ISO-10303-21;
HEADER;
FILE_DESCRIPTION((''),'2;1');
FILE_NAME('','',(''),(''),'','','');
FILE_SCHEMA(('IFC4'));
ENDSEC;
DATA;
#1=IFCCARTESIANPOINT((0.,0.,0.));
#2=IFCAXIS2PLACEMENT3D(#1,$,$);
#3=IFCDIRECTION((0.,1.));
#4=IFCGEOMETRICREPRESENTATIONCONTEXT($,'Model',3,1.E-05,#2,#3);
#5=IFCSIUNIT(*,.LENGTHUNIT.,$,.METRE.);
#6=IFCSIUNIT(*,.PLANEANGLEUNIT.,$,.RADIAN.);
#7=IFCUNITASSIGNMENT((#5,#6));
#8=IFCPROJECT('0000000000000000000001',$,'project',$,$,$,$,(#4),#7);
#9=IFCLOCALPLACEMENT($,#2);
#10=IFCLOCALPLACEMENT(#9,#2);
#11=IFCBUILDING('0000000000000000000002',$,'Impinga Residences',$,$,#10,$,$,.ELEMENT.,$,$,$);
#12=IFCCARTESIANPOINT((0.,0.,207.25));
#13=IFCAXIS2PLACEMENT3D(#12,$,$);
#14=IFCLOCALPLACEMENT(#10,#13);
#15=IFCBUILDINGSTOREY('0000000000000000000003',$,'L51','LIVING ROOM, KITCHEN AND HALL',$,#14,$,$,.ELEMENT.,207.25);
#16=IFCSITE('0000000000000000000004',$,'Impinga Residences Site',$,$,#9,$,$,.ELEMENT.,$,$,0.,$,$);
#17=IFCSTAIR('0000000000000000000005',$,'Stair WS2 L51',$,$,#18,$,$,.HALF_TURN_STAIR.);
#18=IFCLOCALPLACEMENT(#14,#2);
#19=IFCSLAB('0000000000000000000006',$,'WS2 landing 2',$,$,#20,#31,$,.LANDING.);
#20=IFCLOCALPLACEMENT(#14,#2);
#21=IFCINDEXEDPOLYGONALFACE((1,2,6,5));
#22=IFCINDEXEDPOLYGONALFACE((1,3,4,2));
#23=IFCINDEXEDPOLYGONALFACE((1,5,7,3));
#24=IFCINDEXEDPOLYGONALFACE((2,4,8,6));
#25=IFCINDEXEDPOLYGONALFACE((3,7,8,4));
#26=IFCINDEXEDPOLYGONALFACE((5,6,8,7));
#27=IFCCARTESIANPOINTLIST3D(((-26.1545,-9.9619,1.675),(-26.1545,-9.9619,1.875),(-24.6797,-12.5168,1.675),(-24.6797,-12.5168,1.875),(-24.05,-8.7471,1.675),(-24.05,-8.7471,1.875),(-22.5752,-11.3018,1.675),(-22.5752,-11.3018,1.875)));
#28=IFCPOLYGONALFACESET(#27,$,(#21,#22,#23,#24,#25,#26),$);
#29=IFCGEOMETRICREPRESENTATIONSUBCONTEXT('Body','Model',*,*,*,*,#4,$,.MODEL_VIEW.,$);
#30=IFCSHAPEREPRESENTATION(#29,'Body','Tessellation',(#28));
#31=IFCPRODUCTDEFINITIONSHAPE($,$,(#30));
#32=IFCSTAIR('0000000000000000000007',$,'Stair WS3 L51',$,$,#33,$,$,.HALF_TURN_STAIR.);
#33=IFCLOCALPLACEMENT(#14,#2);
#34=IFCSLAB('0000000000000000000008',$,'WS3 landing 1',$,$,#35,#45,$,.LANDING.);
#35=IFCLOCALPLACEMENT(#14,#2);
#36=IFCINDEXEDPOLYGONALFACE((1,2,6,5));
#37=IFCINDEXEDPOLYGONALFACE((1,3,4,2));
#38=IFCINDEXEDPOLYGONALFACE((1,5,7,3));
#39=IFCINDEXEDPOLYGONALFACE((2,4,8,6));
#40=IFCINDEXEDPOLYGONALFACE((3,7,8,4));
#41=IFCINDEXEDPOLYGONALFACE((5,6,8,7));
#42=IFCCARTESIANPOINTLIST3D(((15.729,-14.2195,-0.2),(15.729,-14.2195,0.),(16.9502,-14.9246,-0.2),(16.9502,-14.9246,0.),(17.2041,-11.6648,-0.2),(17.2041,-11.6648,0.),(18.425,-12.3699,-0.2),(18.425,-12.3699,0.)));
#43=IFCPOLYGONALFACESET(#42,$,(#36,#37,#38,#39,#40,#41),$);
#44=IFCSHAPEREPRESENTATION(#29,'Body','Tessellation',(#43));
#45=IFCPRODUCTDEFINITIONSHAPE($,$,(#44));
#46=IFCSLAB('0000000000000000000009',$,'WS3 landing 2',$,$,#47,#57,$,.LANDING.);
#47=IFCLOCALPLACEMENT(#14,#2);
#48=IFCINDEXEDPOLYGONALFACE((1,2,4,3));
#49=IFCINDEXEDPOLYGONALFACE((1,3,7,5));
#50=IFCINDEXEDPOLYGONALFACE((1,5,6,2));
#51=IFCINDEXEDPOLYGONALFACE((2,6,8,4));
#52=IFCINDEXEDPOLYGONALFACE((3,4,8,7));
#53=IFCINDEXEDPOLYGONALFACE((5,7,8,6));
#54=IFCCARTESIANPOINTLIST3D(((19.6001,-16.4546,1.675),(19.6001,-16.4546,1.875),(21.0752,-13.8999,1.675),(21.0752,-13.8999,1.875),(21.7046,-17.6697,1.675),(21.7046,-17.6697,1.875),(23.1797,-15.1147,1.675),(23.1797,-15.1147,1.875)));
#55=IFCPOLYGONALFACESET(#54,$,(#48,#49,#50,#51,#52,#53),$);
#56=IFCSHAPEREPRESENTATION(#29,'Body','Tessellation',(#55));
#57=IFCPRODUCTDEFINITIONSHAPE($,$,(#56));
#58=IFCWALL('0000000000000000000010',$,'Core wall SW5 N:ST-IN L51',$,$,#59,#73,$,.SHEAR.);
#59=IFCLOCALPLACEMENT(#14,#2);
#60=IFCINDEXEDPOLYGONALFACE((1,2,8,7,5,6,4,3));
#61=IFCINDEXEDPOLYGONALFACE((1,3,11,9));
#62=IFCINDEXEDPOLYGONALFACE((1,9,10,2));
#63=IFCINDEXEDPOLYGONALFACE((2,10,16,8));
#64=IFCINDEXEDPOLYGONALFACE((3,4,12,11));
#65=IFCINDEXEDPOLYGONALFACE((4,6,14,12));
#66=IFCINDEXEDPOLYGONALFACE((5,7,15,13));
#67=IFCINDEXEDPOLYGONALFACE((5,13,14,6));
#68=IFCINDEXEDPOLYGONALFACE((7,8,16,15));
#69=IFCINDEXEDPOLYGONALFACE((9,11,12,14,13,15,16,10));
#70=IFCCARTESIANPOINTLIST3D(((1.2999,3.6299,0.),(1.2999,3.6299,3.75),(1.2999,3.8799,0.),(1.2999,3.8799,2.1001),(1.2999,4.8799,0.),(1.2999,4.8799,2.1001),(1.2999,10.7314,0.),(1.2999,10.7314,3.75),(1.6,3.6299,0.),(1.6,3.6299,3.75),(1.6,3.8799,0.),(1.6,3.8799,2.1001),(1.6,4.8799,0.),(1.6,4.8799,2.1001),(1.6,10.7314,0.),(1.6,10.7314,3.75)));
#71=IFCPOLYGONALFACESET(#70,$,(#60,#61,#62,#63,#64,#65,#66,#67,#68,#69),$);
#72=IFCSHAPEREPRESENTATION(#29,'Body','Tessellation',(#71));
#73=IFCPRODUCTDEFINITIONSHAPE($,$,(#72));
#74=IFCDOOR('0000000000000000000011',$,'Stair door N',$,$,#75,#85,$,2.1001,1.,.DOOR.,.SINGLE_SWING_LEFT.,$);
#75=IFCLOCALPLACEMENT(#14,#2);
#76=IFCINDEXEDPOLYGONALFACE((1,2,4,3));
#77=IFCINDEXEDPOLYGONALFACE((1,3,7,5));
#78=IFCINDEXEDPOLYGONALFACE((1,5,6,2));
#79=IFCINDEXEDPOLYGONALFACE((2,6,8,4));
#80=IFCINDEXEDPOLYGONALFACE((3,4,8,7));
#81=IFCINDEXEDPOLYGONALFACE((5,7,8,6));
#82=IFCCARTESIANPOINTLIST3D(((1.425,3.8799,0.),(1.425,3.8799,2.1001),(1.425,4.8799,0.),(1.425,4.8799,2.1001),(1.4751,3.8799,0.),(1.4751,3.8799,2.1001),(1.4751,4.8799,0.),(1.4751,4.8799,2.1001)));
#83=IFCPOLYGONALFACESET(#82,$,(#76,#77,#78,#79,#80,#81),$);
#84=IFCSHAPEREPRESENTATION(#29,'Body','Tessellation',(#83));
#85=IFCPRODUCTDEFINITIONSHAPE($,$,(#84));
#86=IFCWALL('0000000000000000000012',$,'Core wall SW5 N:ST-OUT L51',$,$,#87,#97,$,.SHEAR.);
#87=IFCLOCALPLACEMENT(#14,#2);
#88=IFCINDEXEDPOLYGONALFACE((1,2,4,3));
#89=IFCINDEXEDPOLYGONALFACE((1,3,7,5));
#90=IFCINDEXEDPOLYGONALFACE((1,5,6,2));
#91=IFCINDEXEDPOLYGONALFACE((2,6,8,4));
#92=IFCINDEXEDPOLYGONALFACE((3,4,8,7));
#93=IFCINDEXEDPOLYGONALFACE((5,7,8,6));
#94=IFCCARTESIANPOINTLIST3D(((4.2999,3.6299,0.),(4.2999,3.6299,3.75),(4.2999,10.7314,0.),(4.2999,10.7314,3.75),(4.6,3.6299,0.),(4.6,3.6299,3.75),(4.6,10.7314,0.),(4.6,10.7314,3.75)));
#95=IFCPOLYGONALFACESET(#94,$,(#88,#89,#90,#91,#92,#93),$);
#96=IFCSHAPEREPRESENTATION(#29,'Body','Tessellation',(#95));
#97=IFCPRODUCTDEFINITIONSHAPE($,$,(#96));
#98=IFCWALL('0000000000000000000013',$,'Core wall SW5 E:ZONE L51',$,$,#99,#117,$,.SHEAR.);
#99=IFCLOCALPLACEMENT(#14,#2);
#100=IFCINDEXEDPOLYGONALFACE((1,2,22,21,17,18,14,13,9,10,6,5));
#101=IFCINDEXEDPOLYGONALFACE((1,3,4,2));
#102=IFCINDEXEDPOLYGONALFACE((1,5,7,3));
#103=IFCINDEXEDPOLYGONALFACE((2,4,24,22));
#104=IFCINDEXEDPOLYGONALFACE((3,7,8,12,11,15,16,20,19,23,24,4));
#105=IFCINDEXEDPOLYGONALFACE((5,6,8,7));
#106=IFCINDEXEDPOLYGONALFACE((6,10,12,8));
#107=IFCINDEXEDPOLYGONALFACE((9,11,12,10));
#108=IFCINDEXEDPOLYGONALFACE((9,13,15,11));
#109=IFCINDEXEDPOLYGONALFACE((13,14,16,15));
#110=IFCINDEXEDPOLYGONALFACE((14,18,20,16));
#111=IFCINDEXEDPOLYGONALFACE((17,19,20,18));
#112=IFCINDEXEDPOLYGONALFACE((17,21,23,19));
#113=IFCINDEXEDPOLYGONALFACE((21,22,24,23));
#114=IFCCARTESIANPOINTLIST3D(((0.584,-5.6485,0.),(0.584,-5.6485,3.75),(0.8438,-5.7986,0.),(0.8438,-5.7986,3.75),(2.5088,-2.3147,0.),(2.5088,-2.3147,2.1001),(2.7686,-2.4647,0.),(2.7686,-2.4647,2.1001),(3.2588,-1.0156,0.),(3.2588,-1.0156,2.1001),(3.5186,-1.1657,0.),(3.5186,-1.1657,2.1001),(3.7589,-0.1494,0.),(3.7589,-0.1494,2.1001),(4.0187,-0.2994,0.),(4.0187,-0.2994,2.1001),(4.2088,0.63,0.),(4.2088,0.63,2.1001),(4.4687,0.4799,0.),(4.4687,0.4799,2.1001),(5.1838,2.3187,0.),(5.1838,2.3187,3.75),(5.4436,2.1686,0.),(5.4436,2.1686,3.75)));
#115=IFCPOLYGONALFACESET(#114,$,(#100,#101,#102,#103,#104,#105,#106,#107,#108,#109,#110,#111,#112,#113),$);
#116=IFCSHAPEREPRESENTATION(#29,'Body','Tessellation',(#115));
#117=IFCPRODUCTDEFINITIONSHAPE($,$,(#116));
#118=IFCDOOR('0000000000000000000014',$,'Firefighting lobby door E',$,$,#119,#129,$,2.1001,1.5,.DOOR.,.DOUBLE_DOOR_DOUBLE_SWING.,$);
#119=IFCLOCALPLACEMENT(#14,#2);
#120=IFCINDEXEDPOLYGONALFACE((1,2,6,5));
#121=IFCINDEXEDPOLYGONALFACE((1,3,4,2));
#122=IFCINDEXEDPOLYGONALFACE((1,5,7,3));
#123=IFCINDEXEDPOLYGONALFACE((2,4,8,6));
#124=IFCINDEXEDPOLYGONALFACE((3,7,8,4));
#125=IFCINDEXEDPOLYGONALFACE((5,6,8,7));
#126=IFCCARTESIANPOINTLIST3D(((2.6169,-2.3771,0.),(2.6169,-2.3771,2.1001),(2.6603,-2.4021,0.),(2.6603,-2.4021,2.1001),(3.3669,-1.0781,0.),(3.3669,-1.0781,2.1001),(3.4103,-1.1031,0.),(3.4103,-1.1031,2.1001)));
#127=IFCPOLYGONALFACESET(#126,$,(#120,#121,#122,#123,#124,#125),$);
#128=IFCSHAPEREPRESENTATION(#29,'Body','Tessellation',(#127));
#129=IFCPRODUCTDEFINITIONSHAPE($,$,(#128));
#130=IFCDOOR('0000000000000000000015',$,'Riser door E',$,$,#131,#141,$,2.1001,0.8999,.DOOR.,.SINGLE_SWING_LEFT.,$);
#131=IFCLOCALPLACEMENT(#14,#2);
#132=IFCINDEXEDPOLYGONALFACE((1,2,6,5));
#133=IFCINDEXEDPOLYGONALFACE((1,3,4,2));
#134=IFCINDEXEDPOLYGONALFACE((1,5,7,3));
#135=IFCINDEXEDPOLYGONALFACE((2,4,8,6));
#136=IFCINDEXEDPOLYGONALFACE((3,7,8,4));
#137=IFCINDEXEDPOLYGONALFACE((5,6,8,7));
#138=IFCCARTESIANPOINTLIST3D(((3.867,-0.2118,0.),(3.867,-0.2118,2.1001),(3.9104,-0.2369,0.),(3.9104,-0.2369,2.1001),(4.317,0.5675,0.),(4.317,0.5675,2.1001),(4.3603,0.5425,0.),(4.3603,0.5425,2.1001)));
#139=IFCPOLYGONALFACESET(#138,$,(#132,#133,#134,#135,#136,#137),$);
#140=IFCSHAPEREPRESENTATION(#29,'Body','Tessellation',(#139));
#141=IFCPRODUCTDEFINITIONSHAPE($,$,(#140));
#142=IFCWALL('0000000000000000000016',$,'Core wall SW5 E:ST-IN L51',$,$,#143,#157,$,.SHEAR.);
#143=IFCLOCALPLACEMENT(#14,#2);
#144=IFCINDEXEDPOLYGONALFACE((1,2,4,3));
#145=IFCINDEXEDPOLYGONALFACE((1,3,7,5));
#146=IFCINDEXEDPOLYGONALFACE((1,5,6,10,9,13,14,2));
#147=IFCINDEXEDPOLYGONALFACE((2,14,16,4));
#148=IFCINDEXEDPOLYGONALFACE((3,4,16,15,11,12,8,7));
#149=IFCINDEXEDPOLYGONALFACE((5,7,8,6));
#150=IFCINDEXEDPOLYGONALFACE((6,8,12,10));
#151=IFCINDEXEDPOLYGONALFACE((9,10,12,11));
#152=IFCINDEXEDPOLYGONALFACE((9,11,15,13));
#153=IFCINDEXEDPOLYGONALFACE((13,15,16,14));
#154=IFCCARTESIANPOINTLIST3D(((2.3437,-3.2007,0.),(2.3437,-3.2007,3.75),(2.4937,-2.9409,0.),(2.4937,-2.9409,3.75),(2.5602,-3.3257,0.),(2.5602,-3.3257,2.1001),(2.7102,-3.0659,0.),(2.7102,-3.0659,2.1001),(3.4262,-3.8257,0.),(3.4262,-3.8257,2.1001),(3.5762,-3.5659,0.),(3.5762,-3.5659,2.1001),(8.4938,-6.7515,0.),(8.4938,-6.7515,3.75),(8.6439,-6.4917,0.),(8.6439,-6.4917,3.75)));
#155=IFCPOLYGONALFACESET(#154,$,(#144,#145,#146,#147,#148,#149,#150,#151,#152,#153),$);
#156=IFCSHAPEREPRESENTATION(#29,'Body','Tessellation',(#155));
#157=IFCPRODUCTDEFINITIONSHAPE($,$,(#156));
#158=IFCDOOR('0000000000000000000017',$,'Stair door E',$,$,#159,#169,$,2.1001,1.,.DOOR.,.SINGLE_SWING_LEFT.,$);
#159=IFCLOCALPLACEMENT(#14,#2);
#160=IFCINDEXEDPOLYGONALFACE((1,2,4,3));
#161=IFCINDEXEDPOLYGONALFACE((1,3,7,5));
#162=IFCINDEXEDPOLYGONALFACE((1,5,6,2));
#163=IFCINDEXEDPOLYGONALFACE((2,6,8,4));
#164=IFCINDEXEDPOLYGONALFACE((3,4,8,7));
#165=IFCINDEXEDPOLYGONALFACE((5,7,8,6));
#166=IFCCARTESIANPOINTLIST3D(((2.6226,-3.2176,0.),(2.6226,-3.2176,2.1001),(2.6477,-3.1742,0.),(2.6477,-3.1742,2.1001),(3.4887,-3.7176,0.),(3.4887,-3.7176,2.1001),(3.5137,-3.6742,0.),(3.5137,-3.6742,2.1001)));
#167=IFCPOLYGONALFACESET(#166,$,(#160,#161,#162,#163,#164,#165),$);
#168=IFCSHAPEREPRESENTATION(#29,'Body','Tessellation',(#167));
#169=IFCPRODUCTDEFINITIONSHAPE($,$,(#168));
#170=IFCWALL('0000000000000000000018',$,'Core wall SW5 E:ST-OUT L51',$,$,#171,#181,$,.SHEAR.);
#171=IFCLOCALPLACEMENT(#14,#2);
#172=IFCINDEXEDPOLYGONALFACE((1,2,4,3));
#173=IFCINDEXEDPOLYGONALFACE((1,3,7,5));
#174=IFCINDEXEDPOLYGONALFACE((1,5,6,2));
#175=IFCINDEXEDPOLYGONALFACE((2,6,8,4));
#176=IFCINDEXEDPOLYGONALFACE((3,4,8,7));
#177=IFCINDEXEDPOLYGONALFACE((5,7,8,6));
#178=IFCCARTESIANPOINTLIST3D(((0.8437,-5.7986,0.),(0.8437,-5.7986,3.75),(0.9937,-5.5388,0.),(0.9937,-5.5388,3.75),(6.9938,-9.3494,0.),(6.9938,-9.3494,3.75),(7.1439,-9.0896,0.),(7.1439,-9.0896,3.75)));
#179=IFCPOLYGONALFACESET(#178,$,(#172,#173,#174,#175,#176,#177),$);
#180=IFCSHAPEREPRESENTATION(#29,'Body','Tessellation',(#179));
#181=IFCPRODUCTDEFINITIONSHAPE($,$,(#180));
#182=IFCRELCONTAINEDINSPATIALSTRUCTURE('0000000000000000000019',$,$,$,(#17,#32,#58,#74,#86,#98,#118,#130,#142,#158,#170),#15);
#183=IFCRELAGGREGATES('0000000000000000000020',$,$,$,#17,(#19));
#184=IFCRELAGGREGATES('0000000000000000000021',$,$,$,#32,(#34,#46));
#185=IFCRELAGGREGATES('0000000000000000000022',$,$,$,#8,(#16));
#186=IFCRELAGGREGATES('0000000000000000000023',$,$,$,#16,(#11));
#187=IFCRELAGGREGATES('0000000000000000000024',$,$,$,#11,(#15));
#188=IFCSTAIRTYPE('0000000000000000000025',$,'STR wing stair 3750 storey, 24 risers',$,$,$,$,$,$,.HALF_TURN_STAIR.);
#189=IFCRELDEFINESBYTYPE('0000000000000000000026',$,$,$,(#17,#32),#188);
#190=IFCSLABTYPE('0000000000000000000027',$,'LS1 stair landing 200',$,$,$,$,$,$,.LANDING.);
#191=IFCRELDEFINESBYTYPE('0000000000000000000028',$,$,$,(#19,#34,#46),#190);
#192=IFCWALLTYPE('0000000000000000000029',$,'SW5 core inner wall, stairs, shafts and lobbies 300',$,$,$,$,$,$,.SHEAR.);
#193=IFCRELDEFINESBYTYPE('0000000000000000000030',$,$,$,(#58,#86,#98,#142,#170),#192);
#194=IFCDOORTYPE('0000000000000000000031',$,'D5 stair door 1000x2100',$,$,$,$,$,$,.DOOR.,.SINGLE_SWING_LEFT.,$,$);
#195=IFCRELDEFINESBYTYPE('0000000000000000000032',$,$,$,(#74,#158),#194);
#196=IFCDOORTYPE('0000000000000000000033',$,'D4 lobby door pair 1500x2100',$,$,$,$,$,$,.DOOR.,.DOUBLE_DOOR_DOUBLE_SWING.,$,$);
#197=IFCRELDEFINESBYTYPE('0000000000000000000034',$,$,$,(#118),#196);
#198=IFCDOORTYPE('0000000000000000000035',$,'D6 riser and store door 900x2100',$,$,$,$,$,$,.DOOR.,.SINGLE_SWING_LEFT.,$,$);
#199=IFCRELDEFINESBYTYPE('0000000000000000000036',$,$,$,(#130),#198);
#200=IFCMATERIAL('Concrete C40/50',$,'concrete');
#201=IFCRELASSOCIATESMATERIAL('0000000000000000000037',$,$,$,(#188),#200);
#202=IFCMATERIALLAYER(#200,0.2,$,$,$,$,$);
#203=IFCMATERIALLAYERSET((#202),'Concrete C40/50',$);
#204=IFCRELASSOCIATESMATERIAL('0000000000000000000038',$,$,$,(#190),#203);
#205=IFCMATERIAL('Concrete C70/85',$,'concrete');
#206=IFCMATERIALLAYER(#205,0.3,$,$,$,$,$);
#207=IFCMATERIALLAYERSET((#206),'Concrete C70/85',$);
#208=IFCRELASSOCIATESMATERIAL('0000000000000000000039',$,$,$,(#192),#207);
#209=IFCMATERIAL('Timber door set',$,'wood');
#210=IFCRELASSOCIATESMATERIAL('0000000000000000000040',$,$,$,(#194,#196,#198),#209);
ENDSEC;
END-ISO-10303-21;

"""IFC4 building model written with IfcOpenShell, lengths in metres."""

from ifc_helpers import new_model, si_unit, direction, frame, frame_2d, origin, place, context, subcontext, project, spatial, polyline, rectangle, outline, extrude, material, layer, layer_set, type_object, element, fill, aggregate, save


model = new_model("IFC4")

# Units and contexts
model_context = context("Model", 3, precision=1e-05, world=origin(), true_north=direction((0.0, 1.0)))
body_context = subcontext(model_context, "Body", "Model", "MODEL_VIEW")
ifc_project = project(units=[si_unit("LENGTHUNIT", "METRE"), si_unit("PLANEANGLEUNIT", "RADIAN")], contexts=[model_context])

# Site, building, storey
site_placement = place(None, origin())
site = spatial("IfcSite", under=ifc_project, at=site_placement, Name="Impinga Residences Site", CompositionType="ELEMENT", RefElevation=0.0)
building_placement = place(site_placement, origin())
building = spatial("IfcBuilding", under=site, at=building_placement, Name="Impinga Residences", CompositionType="ELEMENT")
storey_placement = place(building_placement, frame((0.0, 0.0, 207.25)))
storey = spatial("IfcBuildingStorey", under=building, at=storey_placement, Name="L51", Description="LIVING ROOM, KITCHEN AND HALL", CompositionType="ELEMENT", Elevation=207.25)

# Stair, slab
ifc_material_1 = material(Name="Concrete C40/50", Category="concrete")
stair_type_1 = type_object("IfcStairType", Name="STR wing stair 3750 storey, 24 risers", PredefinedType="HALF_TURN_STAIR", material=ifc_material_1)
stair_1_placement = place(storey_placement, origin())
stair_1 = element("IfcStair", 1, at=stair_1_placement, inside=storey, type_object=stair_type_1, Name="Stair WS2 L51", PredefinedType="HALF_TURN_STAIR")
ifc_layer_1 = layer(ifc_material_1, 0.2)
ifc_layer_set_1 = layer_set([ifc_layer_1], Name="Concrete C40/50")
slab_type = type_object("IfcSlabType", Name="LS1 stair landing 200", PredefinedType="LANDING", material=ifc_layer_set_1)
slab_1_placement = place(storey_placement, frame((0.0, 0.0, 1.675)))
slab_1 = element("IfcSlab", 2, at=slab_1_placement, type_object=slab_type, Name="WS2 landing 2", PredefinedType="LANDING", context=body_context, shape_type="SweptSolid", body=[
    extrude(outline(polyline([(-22.5752, -11.3018), (-24.05, -8.7471), (-26.1545, -9.9619), (-24.6797, -12.5168), (-22.5752, -11.3018)])), origin(), (0.0, 0.0, 1.0), 0.2),
])
aggregate(stair_1, [slab_1])

# Stair, slabs
stair_2_placement = place(storey_placement, origin())
stair_2 = element("IfcStair", 3, at=stair_2_placement, inside=storey, type_object=stair_type_1, Name="Stair WS3 L51", PredefinedType="HALF_TURN_STAIR")
slab_2_placement = place(storey_placement, frame((0.0, 0.0, -0.2)))
slab_2 = element("IfcSlab", 4, at=slab_2_placement, type_object=slab_type, Name="WS3 landing 1", PredefinedType="LANDING", context=body_context, shape_type="SweptSolid", body=[
    extrude(outline(polyline([(17.2041, -11.6648), (15.729, -14.2195), (16.9502, -14.9246), (18.425, -12.3699), (17.2041, -11.6648)])), origin(), (0.0, 0.0, 1.0), 0.2),
])
slab_3_placement = place(storey_placement, frame((0.0, 0.0, 1.675)))
slab_3 = element("IfcSlab", 5, at=slab_3_placement, type_object=slab_type, Name="WS3 landing 2", PredefinedType="LANDING", context=body_context, shape_type="SweptSolid", body=[
    extrude(outline(polyline([(21.0752, -13.8999), (19.6001, -16.4546), (21.7046, -17.6697), (23.1797, -15.1147), (21.0752, -13.8999)])), origin(), (0.0, 0.0, 1.0), 0.2),
])
aggregate(stair_2, [slab_2, slab_3])

# Wall, opening, door
ifc_material_2 = material(Name="Concrete C70/85", Category="concrete")
ifc_layer_2 = layer(ifc_material_2, 0.3)
ifc_layer_set_2 = layer_set([ifc_layer_2], Name="Concrete C70/85")
wall_type = type_object("IfcWallType", Name="SW5 core inner wall, stairs, shafts and lobbies 300", PredefinedType="SHEAR", material=ifc_layer_set_2)
wall_1_placement = place(storey_placement, frame((1.45, 3.6299, 0.0), z_axis=(0.0, 0.0, 1.0), x_axis=(0.0, 1.0, 0.0)))
wall_1 = element("IfcWall", 6, at=wall_1_placement, inside=storey, type_object=wall_type, Name="Core wall SW5 N:ST-IN L51", PredefinedType="SHEAR", context=body_context, shape_type="SweptSolid", body=[
    extrude(rectangle(XDim=7.1016, YDim=0.3, at=frame_2d((3.5508, 0.0))), origin(), (0.0, 0.0, 1.0), 3.75),
])
opening_1_placement = place(wall_1_placement, frame((0.25, 0.0, 0.0)))
opening_1 = element("IfcOpeningElement", 7, at=opening_1_placement, cuts=wall_1, PredefinedType="OPENING", context=body_context, shape_type="SweptSolid", body=[
    extrude(rectangle(XDim=1.0, YDim=2.1001, at=frame_2d((0.5, 1.05))), frame((0.0, 0.1599, 0.0), z_axis=(0.0, -1.0, 0.0), x_axis=(1.0, 0.0, 0.0)), (0.0, 0.0, 1.0), 0.3201),
])
ifc_material_3 = material(Name="Timber door set", Category="wood")
door_type_1 = type_object("IfcDoorType", Name="D5 stair door 1000x2100", OperationType="SINGLE_SWING_LEFT", PredefinedType="DOOR", material=ifc_material_3)
door_1_placement = place(opening_1_placement, origin())
door_1 = element("IfcDoor", 8, at=door_1_placement, inside=storey, type_object=door_type_1, Name="Stair door N", OperationType="SINGLE_SWING_LEFT", OverallHeight=2.1001, OverallWidth=1.0, PredefinedType="DOOR", context=body_context, shape_type="SweptSolid", body=[
    extrude(rectangle(XDim=1.0, YDim=2.1001, at=frame_2d((0.5, 1.05))), frame((0.0, 0.0249, 0.0), z_axis=(0.0, -1.0, 0.0), x_axis=(1.0, 0.0, 0.0)), (0.0, 0.0, 1.0), 0.05),
])
fill(opening_1, door_1)

# Wall
wall_2_placement = place(storey_placement, frame((4.45, 3.6299, 0.0), z_axis=(0.0, 0.0, 1.0), x_axis=(0.0, 1.0, 0.0)))
element("IfcWall", 9, at=wall_2_placement, inside=storey, type_object=wall_type, Name="Core wall SW5 N:ST-OUT L51", PredefinedType="SHEAR", context=body_context, shape_type="SweptSolid", body=[
    extrude(rectangle(XDim=7.1016, YDim=0.3, at=frame_2d((3.5508, 0.0))), origin(), (0.0, 0.0, 1.0), 3.75),
])

# Wall, openings, doors
wall_3_placement = place(storey_placement, frame((5.3137, 2.2437, 0.0), z_axis=(0.0, 0.0, 1.0), x_axis=(-0.499995, -0.866028, 0.0)))
wall_3 = element("IfcWall", 10, at=wall_3_placement, inside=storey, type_object=wall_type, Name="Core wall SW5 E:ZONE L51", PredefinedType="SHEAR", context=body_context, shape_type="SweptSolid", body=[
    extrude(rectangle(XDim=9.1997, YDim=0.3, at=frame_2d((4.5999, 0.0))), origin(), (0.0, 0.0, 1.0), 3.75),
])
opening_2_placement = place(wall_3_placement, frame((3.8501, 0.0, 0.0)))
opening_2 = element("IfcOpeningElement", 11, at=opening_2_placement, cuts=wall_3, PredefinedType="OPENING", context=body_context, shape_type="SweptSolid", body=[
    extrude(rectangle(XDim=1.5, YDim=2.1001, at=frame_2d((0.75, 1.05))), frame((0.0, 0.1599, 0.0), z_axis=(0.0, -1.0, 0.0), x_axis=(1.0, 0.0, 0.0)), (0.0, 0.0, 1.0), 0.3201),
])
opening_3_placement = place(wall_3_placement, frame((1.95, 0.0, 0.0)))
opening_3 = element("IfcOpeningElement", 12, at=opening_3_placement, cuts=wall_3, PredefinedType="OPENING", context=body_context, shape_type="SweptSolid", body=[
    extrude(rectangle(XDim=0.8999, YDim=2.1001, at=frame_2d((0.45, 1.05))), frame((0.0, 0.1599, 0.0), z_axis=(0.0, -1.0, 0.0), x_axis=(1.0, 0.0, 0.0)), (0.0, 0.0, 1.0), 0.3201),
])
door_type_2 = type_object("IfcDoorType", Name="D4 lobby door pair 1500x2100", OperationType="DOUBLE_DOOR_DOUBLE_SWING", PredefinedType="DOOR", material=ifc_material_3)
door_2_placement = place(opening_2_placement, origin())
door_2 = element("IfcDoor", 13, at=door_2_placement, inside=storey, type_object=door_type_2, Name="Firefighting lobby door E", OperationType="DOUBLE_DOOR_DOUBLE_SWING", OverallHeight=2.1001, OverallWidth=1.5, PredefinedType="DOOR", context=body_context, shape_type="SweptSolid", body=[
    extrude(rectangle(XDim=1.5, YDim=2.1001, at=frame_2d((0.75, 1.05))), frame((0.0, 0.0249, 0.0), z_axis=(0.0, -1.0, 0.0), x_axis=(1.0, 0.0, 0.0)), (0.0, 0.0, 1.0), 0.05),
])
fill(opening_2, door_2)
door_type_3 = type_object("IfcDoorType", Name="D6 riser and store door 900x2100", OperationType="SINGLE_SWING_LEFT", PredefinedType="DOOR", material=ifc_material_3)
door_3_placement = place(opening_3_placement, origin())
door_3 = element("IfcDoor", 14, at=door_3_placement, inside=storey, type_object=door_type_3, Name="Riser door E", OperationType="SINGLE_SWING_LEFT", OverallHeight=2.1001, OverallWidth=0.8999, PredefinedType="DOOR", context=body_context, shape_type="SweptSolid", body=[
    extrude(rectangle(XDim=0.8999, YDim=2.1001, at=frame_2d((0.45, 1.05))), frame((0.0, 0.0249, 0.0), z_axis=(0.0, -1.0, 0.0), x_axis=(1.0, 0.0, 0.0)), (0.0, 0.0, 1.0), 0.05),
])
fill(opening_3, door_3)

# Wall, opening, door
wall_4_placement = place(storey_placement, frame((2.4187, -3.0708, 0.0), z_axis=(0.0, 0.0, 1.0), x_axis=(0.866026, -0.499999, 0.0)))
wall_4 = element("IfcWall", 15, at=wall_4_placement, inside=storey, type_object=wall_type, Name="Core wall SW5 E:ST-IN L51", PredefinedType="SHEAR", context=body_context, shape_type="SweptSolid", body=[
    extrude(rectangle(XDim=7.1016, YDim=0.3, at=frame_2d((3.5508, 0.0))), origin(), (0.0, 0.0, 1.0), 3.75),
])
opening_4_placement = place(wall_4_placement, frame((0.25, 0.0, 0.0)))
opening_4 = element("IfcOpeningElement", 16, at=opening_4_placement, cuts=wall_4, PredefinedType="OPENING", context=body_context, shape_type="SweptSolid", body=[
    extrude(rectangle(XDim=1.0, YDim=2.1001, at=frame_2d((0.5, 1.05))), frame((0.0, 0.1599, 0.0), z_axis=(0.0, -1.0, 0.0), x_axis=(1.0, 0.0, 0.0)), (0.0, 0.0, 1.0), 0.3201),
])
door_4_placement = place(opening_4_placement, origin())
door_4 = element("IfcDoor", 17, at=door_4_placement, inside=storey, type_object=door_type_1, Name="Stair door E", OperationType="SINGLE_SWING_LEFT", OverallHeight=2.1001, OverallWidth=1.0, PredefinedType="DOOR", context=body_context, shape_type="SweptSolid", body=[
    extrude(rectangle(XDim=1.0, YDim=2.1001, at=frame_2d((0.5, 1.05))), frame((0.0, 0.0249, 0.0), z_axis=(0.0, -1.0, 0.0), x_axis=(1.0, 0.0, 0.0)), (0.0, 0.0, 1.0), 0.05),
])
fill(opening_4, door_4)

# Wall
wall_5_placement = place(storey_placement, frame((0.9187, -5.6687, 0.0), z_axis=(0.0, 0.0, 1.0), x_axis=(0.866026, -0.499999, 0.0)))
element("IfcWall", 18, at=wall_5_placement, inside=storey, type_object=wall_type, Name="Core wall SW5 E:ST-OUT L51", PredefinedType="SHEAR", context=body_context, shape_type="SweptSolid", body=[
    extrude(rectangle(XDim=7.1016, YDim=0.3, at=frame_2d((3.5508, 0.0))), origin(), (0.0, 0.0, 1.0), 3.75),
])

save(model, "model.ifc")
